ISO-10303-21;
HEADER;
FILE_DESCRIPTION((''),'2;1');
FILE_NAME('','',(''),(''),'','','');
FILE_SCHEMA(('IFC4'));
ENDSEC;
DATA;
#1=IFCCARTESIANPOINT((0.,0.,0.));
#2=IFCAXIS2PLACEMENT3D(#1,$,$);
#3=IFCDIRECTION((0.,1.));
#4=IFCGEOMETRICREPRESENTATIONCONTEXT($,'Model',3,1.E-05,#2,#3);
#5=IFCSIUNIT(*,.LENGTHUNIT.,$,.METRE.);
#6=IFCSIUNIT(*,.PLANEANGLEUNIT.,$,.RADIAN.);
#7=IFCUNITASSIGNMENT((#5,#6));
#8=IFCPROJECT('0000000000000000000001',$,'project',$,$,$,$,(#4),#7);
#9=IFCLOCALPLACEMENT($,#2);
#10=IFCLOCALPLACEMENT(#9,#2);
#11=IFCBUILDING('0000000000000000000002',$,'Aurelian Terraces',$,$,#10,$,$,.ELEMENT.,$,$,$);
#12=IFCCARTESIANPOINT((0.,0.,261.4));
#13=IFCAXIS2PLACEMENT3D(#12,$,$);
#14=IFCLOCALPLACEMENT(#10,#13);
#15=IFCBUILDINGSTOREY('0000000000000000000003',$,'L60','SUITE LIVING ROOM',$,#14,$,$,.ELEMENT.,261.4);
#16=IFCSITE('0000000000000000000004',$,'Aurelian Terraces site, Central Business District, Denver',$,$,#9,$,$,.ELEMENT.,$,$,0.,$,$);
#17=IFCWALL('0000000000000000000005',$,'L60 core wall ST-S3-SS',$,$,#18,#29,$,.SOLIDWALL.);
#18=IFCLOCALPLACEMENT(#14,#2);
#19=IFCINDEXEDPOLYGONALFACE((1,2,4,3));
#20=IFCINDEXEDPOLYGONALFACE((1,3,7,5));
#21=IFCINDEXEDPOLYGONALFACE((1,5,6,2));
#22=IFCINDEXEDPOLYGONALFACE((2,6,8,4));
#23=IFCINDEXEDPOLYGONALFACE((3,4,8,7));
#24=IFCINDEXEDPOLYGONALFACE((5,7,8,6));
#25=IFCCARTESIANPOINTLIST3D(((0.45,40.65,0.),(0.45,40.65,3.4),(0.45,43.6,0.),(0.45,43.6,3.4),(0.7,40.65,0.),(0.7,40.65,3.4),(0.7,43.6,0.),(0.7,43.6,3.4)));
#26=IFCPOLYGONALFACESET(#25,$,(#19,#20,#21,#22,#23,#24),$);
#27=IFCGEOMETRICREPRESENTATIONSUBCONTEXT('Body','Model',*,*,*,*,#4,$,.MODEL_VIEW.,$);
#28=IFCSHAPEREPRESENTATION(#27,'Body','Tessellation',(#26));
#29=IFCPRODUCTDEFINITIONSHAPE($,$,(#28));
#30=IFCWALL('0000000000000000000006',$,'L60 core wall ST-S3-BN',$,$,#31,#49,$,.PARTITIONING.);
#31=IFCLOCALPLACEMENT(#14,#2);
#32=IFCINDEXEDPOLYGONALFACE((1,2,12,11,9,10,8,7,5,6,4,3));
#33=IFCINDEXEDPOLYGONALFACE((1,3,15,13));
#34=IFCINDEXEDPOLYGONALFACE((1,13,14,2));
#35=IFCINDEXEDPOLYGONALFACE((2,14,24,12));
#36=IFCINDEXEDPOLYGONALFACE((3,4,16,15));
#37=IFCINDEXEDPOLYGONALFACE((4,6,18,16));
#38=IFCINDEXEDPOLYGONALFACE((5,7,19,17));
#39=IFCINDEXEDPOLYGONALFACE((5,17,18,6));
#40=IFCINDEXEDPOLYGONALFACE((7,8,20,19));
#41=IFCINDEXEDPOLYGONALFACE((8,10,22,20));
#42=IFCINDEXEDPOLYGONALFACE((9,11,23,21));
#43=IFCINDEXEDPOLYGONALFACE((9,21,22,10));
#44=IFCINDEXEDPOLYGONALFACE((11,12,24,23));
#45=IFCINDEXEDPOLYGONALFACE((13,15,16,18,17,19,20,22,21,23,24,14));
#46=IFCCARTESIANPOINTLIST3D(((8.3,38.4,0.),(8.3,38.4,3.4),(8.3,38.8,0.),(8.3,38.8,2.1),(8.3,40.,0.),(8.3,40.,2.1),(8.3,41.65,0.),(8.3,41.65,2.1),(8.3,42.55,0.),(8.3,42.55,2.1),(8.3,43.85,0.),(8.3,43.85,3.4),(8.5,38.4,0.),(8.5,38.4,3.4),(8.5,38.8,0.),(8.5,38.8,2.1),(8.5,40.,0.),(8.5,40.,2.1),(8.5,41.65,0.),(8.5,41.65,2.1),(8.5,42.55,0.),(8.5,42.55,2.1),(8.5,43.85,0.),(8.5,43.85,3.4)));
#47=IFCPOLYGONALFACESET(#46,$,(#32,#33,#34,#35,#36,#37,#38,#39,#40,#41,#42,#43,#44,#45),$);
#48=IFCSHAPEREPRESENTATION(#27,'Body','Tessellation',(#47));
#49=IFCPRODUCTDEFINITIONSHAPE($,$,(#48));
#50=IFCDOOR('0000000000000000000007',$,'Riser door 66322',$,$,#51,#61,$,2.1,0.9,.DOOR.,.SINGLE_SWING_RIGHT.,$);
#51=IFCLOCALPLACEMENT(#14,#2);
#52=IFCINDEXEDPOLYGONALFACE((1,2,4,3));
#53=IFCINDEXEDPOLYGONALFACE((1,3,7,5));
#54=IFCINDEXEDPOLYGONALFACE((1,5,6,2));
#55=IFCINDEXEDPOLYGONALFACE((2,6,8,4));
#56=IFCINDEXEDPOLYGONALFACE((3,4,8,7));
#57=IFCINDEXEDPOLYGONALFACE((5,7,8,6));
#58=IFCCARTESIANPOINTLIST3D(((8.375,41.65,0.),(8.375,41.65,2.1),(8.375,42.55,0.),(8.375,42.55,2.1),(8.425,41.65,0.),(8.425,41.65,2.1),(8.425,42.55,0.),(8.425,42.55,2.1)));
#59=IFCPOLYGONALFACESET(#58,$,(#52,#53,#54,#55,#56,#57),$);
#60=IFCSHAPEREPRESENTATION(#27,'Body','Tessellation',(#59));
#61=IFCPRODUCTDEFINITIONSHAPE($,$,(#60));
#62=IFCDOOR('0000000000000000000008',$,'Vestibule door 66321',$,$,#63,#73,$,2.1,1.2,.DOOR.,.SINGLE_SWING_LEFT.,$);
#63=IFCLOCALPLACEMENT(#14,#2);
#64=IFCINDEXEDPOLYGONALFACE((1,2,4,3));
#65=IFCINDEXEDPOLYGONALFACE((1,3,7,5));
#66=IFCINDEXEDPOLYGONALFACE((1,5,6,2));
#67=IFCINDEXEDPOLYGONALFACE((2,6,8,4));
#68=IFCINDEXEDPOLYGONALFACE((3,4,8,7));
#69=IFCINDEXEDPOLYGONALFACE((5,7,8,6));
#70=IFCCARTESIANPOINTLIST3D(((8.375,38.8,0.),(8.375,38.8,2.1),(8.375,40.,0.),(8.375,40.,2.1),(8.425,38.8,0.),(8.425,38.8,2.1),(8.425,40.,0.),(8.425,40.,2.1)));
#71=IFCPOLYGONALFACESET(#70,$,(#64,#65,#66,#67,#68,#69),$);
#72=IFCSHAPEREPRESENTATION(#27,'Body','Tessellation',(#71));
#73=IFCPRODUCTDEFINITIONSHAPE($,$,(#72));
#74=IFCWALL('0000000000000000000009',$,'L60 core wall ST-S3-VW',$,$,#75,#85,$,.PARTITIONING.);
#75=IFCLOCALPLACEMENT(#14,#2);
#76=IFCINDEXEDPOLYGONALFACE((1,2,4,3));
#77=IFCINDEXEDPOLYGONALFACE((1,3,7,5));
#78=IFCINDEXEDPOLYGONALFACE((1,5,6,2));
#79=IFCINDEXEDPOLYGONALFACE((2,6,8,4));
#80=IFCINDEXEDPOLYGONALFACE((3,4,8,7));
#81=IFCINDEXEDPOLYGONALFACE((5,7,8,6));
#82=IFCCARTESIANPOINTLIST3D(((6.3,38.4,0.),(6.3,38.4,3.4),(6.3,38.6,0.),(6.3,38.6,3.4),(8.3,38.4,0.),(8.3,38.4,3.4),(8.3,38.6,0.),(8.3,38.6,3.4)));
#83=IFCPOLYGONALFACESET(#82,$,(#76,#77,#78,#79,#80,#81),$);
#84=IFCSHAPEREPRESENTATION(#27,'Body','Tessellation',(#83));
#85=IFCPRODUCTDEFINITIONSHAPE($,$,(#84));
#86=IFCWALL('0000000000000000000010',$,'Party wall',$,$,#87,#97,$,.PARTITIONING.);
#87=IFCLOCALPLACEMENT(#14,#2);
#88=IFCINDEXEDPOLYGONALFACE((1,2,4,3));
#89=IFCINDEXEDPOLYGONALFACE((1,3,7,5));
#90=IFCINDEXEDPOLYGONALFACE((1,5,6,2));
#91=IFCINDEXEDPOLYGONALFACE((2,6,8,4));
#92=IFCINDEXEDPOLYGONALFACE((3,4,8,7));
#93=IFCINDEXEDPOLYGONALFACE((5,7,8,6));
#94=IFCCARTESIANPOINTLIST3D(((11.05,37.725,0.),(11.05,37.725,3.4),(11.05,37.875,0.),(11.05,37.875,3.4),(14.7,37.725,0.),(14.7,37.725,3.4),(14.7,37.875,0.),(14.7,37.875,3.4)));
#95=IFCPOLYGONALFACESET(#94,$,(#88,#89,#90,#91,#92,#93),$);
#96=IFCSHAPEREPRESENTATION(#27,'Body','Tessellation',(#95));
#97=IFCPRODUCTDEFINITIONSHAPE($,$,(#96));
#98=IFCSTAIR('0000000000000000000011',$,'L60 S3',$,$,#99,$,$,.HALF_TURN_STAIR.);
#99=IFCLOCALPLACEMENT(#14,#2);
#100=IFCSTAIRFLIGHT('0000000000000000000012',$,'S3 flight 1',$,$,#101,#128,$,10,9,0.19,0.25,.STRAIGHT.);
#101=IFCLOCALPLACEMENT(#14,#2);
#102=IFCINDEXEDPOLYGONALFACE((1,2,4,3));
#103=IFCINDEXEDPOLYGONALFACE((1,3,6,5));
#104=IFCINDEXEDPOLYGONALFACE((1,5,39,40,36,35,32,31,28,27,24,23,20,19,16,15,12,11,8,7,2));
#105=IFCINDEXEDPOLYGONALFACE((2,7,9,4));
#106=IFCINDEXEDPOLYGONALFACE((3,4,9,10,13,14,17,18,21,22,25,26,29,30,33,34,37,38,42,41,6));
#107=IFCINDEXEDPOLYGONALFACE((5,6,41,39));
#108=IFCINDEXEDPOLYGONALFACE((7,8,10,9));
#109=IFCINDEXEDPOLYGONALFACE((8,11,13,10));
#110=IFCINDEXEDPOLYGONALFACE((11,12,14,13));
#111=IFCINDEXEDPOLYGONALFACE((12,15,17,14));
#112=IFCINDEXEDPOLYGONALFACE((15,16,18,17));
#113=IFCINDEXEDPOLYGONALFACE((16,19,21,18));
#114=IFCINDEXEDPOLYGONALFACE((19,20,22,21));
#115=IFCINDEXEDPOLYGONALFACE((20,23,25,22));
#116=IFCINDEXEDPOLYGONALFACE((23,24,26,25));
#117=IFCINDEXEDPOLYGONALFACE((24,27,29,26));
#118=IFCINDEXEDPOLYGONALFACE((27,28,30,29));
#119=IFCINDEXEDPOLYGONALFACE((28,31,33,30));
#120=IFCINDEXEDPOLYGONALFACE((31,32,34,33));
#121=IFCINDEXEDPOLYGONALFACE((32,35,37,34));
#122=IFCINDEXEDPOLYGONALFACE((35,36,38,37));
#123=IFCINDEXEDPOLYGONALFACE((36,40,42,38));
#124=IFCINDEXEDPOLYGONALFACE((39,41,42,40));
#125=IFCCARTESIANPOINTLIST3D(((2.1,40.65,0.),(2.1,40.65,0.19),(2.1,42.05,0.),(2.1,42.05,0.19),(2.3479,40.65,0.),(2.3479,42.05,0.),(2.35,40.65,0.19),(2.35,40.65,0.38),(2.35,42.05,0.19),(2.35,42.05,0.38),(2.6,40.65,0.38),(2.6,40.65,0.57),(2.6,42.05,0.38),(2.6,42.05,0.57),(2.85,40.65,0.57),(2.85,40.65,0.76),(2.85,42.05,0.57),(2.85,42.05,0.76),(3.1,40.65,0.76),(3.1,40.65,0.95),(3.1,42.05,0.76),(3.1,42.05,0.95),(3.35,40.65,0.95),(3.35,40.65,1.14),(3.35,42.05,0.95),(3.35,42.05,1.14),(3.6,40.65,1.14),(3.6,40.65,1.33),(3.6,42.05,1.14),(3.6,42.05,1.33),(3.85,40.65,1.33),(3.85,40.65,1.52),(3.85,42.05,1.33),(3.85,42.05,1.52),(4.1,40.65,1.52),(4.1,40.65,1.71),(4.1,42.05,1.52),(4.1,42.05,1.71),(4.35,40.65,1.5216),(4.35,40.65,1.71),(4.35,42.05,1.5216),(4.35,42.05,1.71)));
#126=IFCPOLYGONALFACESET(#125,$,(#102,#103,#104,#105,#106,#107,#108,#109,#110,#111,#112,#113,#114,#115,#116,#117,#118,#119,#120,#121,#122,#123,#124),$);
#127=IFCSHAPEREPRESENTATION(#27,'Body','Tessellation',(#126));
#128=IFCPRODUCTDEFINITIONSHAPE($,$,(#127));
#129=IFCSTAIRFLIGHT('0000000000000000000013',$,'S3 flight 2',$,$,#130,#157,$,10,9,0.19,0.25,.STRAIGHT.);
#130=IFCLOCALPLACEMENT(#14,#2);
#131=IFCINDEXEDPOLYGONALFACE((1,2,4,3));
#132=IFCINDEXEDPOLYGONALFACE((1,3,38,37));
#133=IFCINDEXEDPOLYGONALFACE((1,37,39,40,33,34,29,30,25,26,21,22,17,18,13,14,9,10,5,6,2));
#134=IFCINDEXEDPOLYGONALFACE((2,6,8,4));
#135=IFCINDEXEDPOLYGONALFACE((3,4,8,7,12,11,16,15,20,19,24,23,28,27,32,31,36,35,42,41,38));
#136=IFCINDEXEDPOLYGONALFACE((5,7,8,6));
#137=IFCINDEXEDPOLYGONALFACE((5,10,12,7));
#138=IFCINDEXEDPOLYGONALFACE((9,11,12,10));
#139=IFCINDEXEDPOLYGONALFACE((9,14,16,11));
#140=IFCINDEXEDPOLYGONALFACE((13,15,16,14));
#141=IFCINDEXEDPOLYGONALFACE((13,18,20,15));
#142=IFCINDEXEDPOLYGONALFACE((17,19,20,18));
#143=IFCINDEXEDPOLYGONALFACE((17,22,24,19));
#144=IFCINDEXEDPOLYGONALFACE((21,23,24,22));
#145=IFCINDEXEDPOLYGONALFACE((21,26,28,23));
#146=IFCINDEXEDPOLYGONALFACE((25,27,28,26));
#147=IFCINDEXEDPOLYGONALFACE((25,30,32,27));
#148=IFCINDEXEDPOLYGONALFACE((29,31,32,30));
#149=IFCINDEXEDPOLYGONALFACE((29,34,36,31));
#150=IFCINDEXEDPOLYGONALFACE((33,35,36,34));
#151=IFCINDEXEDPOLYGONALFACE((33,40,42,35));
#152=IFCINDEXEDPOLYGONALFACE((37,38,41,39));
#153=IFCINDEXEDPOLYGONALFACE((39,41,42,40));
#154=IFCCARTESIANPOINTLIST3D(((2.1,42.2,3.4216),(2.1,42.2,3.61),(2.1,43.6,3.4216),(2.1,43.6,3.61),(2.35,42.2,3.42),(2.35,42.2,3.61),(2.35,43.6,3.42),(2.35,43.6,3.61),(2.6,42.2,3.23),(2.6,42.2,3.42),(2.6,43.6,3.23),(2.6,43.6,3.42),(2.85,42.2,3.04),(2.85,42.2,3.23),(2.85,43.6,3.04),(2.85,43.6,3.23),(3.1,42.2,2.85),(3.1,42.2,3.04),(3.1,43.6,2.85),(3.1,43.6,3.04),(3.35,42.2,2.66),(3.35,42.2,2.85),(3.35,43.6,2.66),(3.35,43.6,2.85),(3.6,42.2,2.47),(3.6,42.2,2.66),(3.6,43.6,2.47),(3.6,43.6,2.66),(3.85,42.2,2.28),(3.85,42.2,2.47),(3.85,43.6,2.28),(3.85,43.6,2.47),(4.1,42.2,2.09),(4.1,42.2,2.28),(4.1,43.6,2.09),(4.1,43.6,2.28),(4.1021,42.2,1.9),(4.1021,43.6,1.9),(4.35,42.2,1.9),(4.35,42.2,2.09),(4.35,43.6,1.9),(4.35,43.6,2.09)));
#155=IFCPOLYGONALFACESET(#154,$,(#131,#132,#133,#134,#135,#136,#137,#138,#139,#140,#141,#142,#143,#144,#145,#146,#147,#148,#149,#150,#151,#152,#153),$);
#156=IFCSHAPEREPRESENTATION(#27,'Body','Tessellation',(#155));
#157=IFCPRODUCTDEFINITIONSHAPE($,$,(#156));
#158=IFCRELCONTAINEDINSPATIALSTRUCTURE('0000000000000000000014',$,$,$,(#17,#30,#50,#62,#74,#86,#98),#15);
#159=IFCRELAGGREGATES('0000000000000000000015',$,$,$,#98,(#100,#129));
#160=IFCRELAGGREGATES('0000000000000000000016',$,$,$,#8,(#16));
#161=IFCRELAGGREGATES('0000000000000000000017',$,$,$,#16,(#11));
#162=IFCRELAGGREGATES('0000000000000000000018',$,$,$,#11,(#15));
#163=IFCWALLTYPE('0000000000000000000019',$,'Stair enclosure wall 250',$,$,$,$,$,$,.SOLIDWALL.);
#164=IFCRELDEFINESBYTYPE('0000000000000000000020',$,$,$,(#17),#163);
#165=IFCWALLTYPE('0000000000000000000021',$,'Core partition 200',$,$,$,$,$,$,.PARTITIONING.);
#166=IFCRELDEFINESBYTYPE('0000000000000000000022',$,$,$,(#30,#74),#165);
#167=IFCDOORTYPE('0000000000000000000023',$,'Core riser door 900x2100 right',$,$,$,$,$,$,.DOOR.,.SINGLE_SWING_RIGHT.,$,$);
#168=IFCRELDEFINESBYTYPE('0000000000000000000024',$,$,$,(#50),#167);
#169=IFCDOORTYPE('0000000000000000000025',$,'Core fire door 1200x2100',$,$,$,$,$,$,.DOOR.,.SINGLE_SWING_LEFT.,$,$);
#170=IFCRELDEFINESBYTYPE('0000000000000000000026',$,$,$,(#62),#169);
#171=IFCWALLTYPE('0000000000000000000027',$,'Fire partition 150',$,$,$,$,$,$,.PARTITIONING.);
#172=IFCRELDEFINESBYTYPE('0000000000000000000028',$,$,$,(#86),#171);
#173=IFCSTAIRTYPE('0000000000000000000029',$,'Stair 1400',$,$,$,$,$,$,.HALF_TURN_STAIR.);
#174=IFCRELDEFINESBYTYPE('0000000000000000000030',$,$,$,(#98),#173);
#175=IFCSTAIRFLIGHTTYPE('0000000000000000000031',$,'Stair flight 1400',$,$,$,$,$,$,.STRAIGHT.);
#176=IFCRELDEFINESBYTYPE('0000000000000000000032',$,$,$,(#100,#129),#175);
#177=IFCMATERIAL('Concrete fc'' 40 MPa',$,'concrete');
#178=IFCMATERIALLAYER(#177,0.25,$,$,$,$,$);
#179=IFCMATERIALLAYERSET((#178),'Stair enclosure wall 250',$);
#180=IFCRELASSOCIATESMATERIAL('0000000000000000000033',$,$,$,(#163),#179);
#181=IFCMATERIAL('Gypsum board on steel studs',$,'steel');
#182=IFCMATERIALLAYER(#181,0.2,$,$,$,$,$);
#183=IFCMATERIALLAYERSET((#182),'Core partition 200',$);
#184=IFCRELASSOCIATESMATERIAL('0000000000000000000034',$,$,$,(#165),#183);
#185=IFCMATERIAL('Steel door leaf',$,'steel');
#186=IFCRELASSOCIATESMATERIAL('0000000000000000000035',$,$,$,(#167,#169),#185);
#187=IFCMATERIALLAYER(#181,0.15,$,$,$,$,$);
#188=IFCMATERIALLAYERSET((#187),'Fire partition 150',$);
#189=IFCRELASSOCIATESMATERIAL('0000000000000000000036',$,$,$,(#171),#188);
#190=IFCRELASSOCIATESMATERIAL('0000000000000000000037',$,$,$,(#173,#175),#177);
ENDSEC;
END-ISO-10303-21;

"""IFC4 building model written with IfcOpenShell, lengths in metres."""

from ifc_helpers import new_model, si_unit, direction, frame, frame_2d, origin, place, context, subcontext, project, spatial, polyline, rectangle, outline, extrude, source, transform, mapped, material, layer, layer_set, type_object, element, fill, aggregate, save


model = new_model("IFC4")

# Units and contexts
model_context = context("Model", 3, precision=1e-05, world=origin(), true_north=direction((0.0, 1.0)))
body_context = subcontext(model_context, "Body", "Model", "MODEL_VIEW")
ifc_project = project(units=[si_unit("LENGTHUNIT", "METRE"), si_unit("PLANEANGLEUNIT", "RADIAN")], contexts=[model_context])

# Site, building, storey
site_placement = place(None, origin())
site = spatial("IfcSite", under=ifc_project, at=site_placement, Name="Aurelian Terraces site, Central Business District, Denver", CompositionType="ELEMENT", RefElevation=0.0)
building_placement = place(site_placement, origin())
building = spatial("IfcBuilding", under=site, at=building_placement, Name="Aurelian Terraces", CompositionType="ELEMENT")
storey_placement = place(building_placement, frame((0.0, 0.0, 261.4)))
storey = spatial("IfcBuildingStorey", under=building, at=storey_placement, Name="L60", Description="SUITE LIVING ROOM", CompositionType="ELEMENT", Elevation=261.4)

# Shared definitions
ifc_material_1 = material(Name="Concrete fc' 40 MPa", Category="concrete")

# Shared definitions
ifc_layer_1 = layer(ifc_material_1, 0.25)
ifc_layer_set_1 = layer_set([ifc_layer_1], Name="Stair enclosure wall 250")
wall_type_1 = type_object("IfcWallType", Name="Stair enclosure wall 250", PredefinedType="SOLIDWALL", material=ifc_layer_set_1)
ifc_material_2 = material(Name="Steel door leaf", Category="steel")

# Wall
shared_shape_1 = source(origin(), body_context, "Body", "SweptSolid", [
    extrude(rectangle(XDim=2.95, YDim=0.25, at=frame_2d((1.475, 0.0))), origin(), (0.0, 0.0, 1.0), 3.4),
])
wall_1_placement = place(storey_placement, frame((0.575, 40.65, 0.0), z_axis=(0.0, 0.0, 1.0), x_axis=(0.0, 1.0, 0.0)))
element("IfcWall", 1, at=wall_1_placement, inside=storey, type_object=wall_type_1, Name="L60 core wall ST-S3-SS", PredefinedType="SOLIDWALL", context=body_context, shape_type="MappedRepresentation", body=[
    mapped(shared_shape_1, transform((0.0, 0.0, 0.0), scale=1.0)),
])

# Wall, openings, doors
ifc_material_3 = material(Name="Gypsum board on steel studs", Category="steel")
ifc_layer_2 = layer(ifc_material_3, 0.2)
ifc_layer_set_2 = layer_set([ifc_layer_2], Name="Core partition 200")
wall_type_2 = type_object("IfcWallType", Name="Core partition 200", PredefinedType="PARTITIONING", material=ifc_layer_set_2)
shared_shape_2 = source(origin(), body_context, "Body", "SweptSolid", [
    extrude(rectangle(XDim=5.45, YDim=0.2, at=frame_2d((2.725, 0.0))), origin(), (0.0, 0.0, 1.0), 3.4),
])
wall_2_placement = place(storey_placement, frame((8.4, 38.4, 0.0), z_axis=(0.0, 0.0, 1.0), x_axis=(0.0, 1.0, 0.0)))
wall_2 = element("IfcWall", 2, at=wall_2_placement, inside=storey, type_object=wall_type_2, Name="L60 core wall ST-S3-BN", PredefinedType="PARTITIONING", context=body_context, shape_type="MappedRepresentation", body=[
    mapped(shared_shape_2, transform((0.0, 0.0, 0.0), scale=1.0)),
])
shared_shape_3 = source(origin(), body_context, "Body", "SweptSolid", [
    extrude(rectangle(XDim=1.2, YDim=2.1, at=frame_2d((0.6, 1.05))), frame((0.0, 0.11, 0.0), z_axis=(0.0, -1.0, 0.0), x_axis=(1.0, 0.0, 0.0)), (0.0, 0.0, 1.0), 0.22),
])
opening_1_placement = place(wall_2_placement, frame((0.4, 0.0, 0.0)))
opening_1 = element("IfcOpeningElement", 3, at=opening_1_placement, cuts=wall_2, PredefinedType="OPENING", context=body_context, shape_type="MappedRepresentation", body=[
    mapped(shared_shape_3, transform((0.0, 0.0, 0.0), scale=1.0)),
])
shared_shape_4 = source(origin(), body_context, "Body", "SweptSolid", [
    extrude(rectangle(XDim=0.9, YDim=2.1, at=frame_2d((0.45, 1.05))), frame((0.0, 0.11, 0.0), z_axis=(0.0, -1.0, 0.0), x_axis=(1.0, 0.0, 0.0)), (0.0, 0.0, 1.0), 0.22),
])
opening_2_placement = place(wall_2_placement, frame((3.25, 0.0, 0.0)))
opening_2 = element("IfcOpeningElement", 4, at=opening_2_placement, cuts=wall_2, PredefinedType="OPENING", context=body_context, shape_type="MappedRepresentation", body=[
    mapped(shared_shape_4, transform((0.0, 0.0, 0.0), scale=1.0)),
])
door_type_1 = type_object("IfcDoorType", Name="Core riser door 900x2100 right", OperationType="SINGLE_SWING_RIGHT", PredefinedType="DOOR", material=ifc_material_2)
shared_shape_5 = source(origin(), body_context, "Body", "SweptSolid", [
    extrude(rectangle(XDim=0.9, YDim=2.1, at=frame_2d((0.45, 1.05))), frame((0.0, 0.025, 0.0), z_axis=(0.0, -1.0, 0.0), x_axis=(1.0, 0.0, 0.0)), (0.0, 0.0, 1.0), 0.05),
])
door_1_placement = place(opening_2_placement, origin())
door_1 = element("IfcDoor", 5, at=door_1_placement, inside=storey, type_object=door_type_1, Name="Riser door 66322", OperationType="SINGLE_SWING_RIGHT", OverallHeight=2.1, OverallWidth=0.9, PredefinedType="DOOR", context=body_context, shape_type="MappedRepresentation", body=[
    mapped(shared_shape_5, transform((0.0, 0.0, 0.0), scale=1.0)),
])
fill(opening_2, door_1)
door_type_2 = type_object("IfcDoorType", Name="Core fire door 1200x2100", OperationType="SINGLE_SWING_LEFT", PredefinedType="DOOR", material=ifc_material_2)
shared_shape_6 = source(origin(), body_context, "Body", "SweptSolid", [
    extrude(rectangle(XDim=1.2, YDim=2.1, at=frame_2d((0.6, 1.05))), frame((0.0, 0.025, 0.0), z_axis=(0.0, -1.0, 0.0), x_axis=(1.0, 0.0, 0.0)), (0.0, 0.0, 1.0), 0.05),
])
door_2_placement = place(opening_1_placement, origin())
door_2 = element("IfcDoor", 6, at=door_2_placement, inside=storey, type_object=door_type_2, Name="Vestibule door 66321", OperationType="SINGLE_SWING_LEFT", OverallHeight=2.1, OverallWidth=1.2, PredefinedType="DOOR", context=body_context, shape_type="MappedRepresentation", body=[
    mapped(shared_shape_6, transform((0.0, 0.0, 0.0), scale=1.0)),
])
fill(opening_1, door_2)

# Walls
shared_shape_7 = source(origin(), body_context, "Body", "SweptSolid", [
    extrude(rectangle(XDim=2.0, YDim=0.2, at=frame_2d((1.0, 0.0))), origin(), (0.0, 0.0, 1.0), 3.4),
])
wall_3_placement = place(storey_placement, frame((6.3, 38.5, 0.0), z_axis=(0.0, 0.0, 1.0), x_axis=(1.0, 0.0, 0.0)))
element("IfcWall", 7, at=wall_3_placement, inside=storey, type_object=wall_type_2, Name="L60 core wall ST-S3-VW", PredefinedType="PARTITIONING", context=body_context, shape_type="MappedRepresentation", body=[
    mapped(shared_shape_7, transform((0.0, 0.0, 0.0), scale=1.0)),
])
ifc_layer_3 = layer(ifc_material_3, 0.15)
ifc_layer_set_3 = layer_set([ifc_layer_3], Name="Fire partition 150")
wall_type_3 = type_object("IfcWallType", Name="Fire partition 150", PredefinedType="PARTITIONING", material=ifc_layer_set_3)
shared_shape_8 = source(origin(), body_context, "Body", "SweptSolid", [
    extrude(rectangle(XDim=3.65, YDim=0.15, at=frame_2d((1.825, 0.0))), origin(), (0.0, 0.0, 1.0), 3.4),
])
wall_4_placement = place(storey_placement, frame((14.7, 37.8, 0.0), z_axis=(0.0, 0.0, 1.0), x_axis=(-1.0, 0.0, 0.0)))
element("IfcWall", 8, at=wall_4_placement, inside=storey, type_object=wall_type_3, Name="Party wall", PredefinedType="PARTITIONING", context=body_context, shape_type="MappedRepresentation", body=[
    mapped(shared_shape_8, transform((0.0, 0.0, 0.0), scale=1.0)),
])

# Stair, stair flights
stair_type = type_object("IfcStairType", Name="Stair 1400", PredefinedType="HALF_TURN_STAIR", material=ifc_material_1)
stair_placement = place(storey_placement, origin())
stair = element("IfcStair", 9, at=stair_placement, inside=storey, type_object=stair_type, Name="L60 S3", PredefinedType="HALF_TURN_STAIR")
stair_flight_type = type_object("IfcStairFlightType", Name="Stair flight 1400", PredefinedType="STRAIGHT", material=ifc_material_1)
shared_shape_9 = source(origin(), body_context, "Body", "SweptSolid", [
    extrude(outline(polyline([(0.0, 0.0), (0.0, 0.19), (0.25, 0.19), (0.25, 0.38), (0.5, 0.38), (0.5, 0.57), (0.75, 0.57), (0.75, 0.76), (1.0, 0.76), (1.0, 0.95), (1.25, 0.95), (1.25, 1.14), (1.5, 1.14), (1.5, 1.33), (1.75, 1.33), (1.75, 1.52), (2.0, 1.52), (2.0, 1.71), (2.25, 1.71), (2.25, 1.9), (2.25, 1.5216), (0.2479, 0.0), (0.0, 0.0)])), frame((0.0, 0.7, 0.0), z_axis=(0.0, -1.0, 0.0), x_axis=(1.0, 0.0, 0.0)), (0.0, 0.0, 1.0), 1.4),
])
stair_flight_1_placement = place(storey_placement, frame((2.1, 41.35, 0.0), z_axis=(0.0, 0.0, 1.0), x_axis=(1.0, 0.0, 0.0)))
stair_flight_1 = element("IfcStairFlight", 10, at=stair_flight_1_placement, type_object=stair_flight_type, Name="S3 flight 1", NumberOfRisers=10, NumberOfTreads=9, PredefinedType="STRAIGHT", RiserHeight=0.19, TreadLength=0.25, context=body_context, shape_type="MappedRepresentation", body=[
    mapped(shared_shape_9, transform((0.0, 0.0, 0.0), scale=1.0)),
])
stair_flight_2_placement = place(storey_placement, frame((4.35, 42.9, 1.9), z_axis=(0.0, 0.0, 1.0), x_axis=(-1.0, 0.0, 0.0)))
stair_flight_2 = element("IfcStairFlight", 11, at=stair_flight_2_placement, type_object=stair_flight_type, Name="S3 flight 2", NumberOfRisers=10, NumberOfTreads=9, PredefinedType="STRAIGHT", RiserHeight=0.19, TreadLength=0.25, context=body_context, shape_type="MappedRepresentation", body=[
    mapped(shared_shape_9, transform((0.0, 0.0, 0.0), scale=1.0)),
])
aggregate(stair, [stair_flight_1, stair_flight_2])

save(model, "model.ifc")
